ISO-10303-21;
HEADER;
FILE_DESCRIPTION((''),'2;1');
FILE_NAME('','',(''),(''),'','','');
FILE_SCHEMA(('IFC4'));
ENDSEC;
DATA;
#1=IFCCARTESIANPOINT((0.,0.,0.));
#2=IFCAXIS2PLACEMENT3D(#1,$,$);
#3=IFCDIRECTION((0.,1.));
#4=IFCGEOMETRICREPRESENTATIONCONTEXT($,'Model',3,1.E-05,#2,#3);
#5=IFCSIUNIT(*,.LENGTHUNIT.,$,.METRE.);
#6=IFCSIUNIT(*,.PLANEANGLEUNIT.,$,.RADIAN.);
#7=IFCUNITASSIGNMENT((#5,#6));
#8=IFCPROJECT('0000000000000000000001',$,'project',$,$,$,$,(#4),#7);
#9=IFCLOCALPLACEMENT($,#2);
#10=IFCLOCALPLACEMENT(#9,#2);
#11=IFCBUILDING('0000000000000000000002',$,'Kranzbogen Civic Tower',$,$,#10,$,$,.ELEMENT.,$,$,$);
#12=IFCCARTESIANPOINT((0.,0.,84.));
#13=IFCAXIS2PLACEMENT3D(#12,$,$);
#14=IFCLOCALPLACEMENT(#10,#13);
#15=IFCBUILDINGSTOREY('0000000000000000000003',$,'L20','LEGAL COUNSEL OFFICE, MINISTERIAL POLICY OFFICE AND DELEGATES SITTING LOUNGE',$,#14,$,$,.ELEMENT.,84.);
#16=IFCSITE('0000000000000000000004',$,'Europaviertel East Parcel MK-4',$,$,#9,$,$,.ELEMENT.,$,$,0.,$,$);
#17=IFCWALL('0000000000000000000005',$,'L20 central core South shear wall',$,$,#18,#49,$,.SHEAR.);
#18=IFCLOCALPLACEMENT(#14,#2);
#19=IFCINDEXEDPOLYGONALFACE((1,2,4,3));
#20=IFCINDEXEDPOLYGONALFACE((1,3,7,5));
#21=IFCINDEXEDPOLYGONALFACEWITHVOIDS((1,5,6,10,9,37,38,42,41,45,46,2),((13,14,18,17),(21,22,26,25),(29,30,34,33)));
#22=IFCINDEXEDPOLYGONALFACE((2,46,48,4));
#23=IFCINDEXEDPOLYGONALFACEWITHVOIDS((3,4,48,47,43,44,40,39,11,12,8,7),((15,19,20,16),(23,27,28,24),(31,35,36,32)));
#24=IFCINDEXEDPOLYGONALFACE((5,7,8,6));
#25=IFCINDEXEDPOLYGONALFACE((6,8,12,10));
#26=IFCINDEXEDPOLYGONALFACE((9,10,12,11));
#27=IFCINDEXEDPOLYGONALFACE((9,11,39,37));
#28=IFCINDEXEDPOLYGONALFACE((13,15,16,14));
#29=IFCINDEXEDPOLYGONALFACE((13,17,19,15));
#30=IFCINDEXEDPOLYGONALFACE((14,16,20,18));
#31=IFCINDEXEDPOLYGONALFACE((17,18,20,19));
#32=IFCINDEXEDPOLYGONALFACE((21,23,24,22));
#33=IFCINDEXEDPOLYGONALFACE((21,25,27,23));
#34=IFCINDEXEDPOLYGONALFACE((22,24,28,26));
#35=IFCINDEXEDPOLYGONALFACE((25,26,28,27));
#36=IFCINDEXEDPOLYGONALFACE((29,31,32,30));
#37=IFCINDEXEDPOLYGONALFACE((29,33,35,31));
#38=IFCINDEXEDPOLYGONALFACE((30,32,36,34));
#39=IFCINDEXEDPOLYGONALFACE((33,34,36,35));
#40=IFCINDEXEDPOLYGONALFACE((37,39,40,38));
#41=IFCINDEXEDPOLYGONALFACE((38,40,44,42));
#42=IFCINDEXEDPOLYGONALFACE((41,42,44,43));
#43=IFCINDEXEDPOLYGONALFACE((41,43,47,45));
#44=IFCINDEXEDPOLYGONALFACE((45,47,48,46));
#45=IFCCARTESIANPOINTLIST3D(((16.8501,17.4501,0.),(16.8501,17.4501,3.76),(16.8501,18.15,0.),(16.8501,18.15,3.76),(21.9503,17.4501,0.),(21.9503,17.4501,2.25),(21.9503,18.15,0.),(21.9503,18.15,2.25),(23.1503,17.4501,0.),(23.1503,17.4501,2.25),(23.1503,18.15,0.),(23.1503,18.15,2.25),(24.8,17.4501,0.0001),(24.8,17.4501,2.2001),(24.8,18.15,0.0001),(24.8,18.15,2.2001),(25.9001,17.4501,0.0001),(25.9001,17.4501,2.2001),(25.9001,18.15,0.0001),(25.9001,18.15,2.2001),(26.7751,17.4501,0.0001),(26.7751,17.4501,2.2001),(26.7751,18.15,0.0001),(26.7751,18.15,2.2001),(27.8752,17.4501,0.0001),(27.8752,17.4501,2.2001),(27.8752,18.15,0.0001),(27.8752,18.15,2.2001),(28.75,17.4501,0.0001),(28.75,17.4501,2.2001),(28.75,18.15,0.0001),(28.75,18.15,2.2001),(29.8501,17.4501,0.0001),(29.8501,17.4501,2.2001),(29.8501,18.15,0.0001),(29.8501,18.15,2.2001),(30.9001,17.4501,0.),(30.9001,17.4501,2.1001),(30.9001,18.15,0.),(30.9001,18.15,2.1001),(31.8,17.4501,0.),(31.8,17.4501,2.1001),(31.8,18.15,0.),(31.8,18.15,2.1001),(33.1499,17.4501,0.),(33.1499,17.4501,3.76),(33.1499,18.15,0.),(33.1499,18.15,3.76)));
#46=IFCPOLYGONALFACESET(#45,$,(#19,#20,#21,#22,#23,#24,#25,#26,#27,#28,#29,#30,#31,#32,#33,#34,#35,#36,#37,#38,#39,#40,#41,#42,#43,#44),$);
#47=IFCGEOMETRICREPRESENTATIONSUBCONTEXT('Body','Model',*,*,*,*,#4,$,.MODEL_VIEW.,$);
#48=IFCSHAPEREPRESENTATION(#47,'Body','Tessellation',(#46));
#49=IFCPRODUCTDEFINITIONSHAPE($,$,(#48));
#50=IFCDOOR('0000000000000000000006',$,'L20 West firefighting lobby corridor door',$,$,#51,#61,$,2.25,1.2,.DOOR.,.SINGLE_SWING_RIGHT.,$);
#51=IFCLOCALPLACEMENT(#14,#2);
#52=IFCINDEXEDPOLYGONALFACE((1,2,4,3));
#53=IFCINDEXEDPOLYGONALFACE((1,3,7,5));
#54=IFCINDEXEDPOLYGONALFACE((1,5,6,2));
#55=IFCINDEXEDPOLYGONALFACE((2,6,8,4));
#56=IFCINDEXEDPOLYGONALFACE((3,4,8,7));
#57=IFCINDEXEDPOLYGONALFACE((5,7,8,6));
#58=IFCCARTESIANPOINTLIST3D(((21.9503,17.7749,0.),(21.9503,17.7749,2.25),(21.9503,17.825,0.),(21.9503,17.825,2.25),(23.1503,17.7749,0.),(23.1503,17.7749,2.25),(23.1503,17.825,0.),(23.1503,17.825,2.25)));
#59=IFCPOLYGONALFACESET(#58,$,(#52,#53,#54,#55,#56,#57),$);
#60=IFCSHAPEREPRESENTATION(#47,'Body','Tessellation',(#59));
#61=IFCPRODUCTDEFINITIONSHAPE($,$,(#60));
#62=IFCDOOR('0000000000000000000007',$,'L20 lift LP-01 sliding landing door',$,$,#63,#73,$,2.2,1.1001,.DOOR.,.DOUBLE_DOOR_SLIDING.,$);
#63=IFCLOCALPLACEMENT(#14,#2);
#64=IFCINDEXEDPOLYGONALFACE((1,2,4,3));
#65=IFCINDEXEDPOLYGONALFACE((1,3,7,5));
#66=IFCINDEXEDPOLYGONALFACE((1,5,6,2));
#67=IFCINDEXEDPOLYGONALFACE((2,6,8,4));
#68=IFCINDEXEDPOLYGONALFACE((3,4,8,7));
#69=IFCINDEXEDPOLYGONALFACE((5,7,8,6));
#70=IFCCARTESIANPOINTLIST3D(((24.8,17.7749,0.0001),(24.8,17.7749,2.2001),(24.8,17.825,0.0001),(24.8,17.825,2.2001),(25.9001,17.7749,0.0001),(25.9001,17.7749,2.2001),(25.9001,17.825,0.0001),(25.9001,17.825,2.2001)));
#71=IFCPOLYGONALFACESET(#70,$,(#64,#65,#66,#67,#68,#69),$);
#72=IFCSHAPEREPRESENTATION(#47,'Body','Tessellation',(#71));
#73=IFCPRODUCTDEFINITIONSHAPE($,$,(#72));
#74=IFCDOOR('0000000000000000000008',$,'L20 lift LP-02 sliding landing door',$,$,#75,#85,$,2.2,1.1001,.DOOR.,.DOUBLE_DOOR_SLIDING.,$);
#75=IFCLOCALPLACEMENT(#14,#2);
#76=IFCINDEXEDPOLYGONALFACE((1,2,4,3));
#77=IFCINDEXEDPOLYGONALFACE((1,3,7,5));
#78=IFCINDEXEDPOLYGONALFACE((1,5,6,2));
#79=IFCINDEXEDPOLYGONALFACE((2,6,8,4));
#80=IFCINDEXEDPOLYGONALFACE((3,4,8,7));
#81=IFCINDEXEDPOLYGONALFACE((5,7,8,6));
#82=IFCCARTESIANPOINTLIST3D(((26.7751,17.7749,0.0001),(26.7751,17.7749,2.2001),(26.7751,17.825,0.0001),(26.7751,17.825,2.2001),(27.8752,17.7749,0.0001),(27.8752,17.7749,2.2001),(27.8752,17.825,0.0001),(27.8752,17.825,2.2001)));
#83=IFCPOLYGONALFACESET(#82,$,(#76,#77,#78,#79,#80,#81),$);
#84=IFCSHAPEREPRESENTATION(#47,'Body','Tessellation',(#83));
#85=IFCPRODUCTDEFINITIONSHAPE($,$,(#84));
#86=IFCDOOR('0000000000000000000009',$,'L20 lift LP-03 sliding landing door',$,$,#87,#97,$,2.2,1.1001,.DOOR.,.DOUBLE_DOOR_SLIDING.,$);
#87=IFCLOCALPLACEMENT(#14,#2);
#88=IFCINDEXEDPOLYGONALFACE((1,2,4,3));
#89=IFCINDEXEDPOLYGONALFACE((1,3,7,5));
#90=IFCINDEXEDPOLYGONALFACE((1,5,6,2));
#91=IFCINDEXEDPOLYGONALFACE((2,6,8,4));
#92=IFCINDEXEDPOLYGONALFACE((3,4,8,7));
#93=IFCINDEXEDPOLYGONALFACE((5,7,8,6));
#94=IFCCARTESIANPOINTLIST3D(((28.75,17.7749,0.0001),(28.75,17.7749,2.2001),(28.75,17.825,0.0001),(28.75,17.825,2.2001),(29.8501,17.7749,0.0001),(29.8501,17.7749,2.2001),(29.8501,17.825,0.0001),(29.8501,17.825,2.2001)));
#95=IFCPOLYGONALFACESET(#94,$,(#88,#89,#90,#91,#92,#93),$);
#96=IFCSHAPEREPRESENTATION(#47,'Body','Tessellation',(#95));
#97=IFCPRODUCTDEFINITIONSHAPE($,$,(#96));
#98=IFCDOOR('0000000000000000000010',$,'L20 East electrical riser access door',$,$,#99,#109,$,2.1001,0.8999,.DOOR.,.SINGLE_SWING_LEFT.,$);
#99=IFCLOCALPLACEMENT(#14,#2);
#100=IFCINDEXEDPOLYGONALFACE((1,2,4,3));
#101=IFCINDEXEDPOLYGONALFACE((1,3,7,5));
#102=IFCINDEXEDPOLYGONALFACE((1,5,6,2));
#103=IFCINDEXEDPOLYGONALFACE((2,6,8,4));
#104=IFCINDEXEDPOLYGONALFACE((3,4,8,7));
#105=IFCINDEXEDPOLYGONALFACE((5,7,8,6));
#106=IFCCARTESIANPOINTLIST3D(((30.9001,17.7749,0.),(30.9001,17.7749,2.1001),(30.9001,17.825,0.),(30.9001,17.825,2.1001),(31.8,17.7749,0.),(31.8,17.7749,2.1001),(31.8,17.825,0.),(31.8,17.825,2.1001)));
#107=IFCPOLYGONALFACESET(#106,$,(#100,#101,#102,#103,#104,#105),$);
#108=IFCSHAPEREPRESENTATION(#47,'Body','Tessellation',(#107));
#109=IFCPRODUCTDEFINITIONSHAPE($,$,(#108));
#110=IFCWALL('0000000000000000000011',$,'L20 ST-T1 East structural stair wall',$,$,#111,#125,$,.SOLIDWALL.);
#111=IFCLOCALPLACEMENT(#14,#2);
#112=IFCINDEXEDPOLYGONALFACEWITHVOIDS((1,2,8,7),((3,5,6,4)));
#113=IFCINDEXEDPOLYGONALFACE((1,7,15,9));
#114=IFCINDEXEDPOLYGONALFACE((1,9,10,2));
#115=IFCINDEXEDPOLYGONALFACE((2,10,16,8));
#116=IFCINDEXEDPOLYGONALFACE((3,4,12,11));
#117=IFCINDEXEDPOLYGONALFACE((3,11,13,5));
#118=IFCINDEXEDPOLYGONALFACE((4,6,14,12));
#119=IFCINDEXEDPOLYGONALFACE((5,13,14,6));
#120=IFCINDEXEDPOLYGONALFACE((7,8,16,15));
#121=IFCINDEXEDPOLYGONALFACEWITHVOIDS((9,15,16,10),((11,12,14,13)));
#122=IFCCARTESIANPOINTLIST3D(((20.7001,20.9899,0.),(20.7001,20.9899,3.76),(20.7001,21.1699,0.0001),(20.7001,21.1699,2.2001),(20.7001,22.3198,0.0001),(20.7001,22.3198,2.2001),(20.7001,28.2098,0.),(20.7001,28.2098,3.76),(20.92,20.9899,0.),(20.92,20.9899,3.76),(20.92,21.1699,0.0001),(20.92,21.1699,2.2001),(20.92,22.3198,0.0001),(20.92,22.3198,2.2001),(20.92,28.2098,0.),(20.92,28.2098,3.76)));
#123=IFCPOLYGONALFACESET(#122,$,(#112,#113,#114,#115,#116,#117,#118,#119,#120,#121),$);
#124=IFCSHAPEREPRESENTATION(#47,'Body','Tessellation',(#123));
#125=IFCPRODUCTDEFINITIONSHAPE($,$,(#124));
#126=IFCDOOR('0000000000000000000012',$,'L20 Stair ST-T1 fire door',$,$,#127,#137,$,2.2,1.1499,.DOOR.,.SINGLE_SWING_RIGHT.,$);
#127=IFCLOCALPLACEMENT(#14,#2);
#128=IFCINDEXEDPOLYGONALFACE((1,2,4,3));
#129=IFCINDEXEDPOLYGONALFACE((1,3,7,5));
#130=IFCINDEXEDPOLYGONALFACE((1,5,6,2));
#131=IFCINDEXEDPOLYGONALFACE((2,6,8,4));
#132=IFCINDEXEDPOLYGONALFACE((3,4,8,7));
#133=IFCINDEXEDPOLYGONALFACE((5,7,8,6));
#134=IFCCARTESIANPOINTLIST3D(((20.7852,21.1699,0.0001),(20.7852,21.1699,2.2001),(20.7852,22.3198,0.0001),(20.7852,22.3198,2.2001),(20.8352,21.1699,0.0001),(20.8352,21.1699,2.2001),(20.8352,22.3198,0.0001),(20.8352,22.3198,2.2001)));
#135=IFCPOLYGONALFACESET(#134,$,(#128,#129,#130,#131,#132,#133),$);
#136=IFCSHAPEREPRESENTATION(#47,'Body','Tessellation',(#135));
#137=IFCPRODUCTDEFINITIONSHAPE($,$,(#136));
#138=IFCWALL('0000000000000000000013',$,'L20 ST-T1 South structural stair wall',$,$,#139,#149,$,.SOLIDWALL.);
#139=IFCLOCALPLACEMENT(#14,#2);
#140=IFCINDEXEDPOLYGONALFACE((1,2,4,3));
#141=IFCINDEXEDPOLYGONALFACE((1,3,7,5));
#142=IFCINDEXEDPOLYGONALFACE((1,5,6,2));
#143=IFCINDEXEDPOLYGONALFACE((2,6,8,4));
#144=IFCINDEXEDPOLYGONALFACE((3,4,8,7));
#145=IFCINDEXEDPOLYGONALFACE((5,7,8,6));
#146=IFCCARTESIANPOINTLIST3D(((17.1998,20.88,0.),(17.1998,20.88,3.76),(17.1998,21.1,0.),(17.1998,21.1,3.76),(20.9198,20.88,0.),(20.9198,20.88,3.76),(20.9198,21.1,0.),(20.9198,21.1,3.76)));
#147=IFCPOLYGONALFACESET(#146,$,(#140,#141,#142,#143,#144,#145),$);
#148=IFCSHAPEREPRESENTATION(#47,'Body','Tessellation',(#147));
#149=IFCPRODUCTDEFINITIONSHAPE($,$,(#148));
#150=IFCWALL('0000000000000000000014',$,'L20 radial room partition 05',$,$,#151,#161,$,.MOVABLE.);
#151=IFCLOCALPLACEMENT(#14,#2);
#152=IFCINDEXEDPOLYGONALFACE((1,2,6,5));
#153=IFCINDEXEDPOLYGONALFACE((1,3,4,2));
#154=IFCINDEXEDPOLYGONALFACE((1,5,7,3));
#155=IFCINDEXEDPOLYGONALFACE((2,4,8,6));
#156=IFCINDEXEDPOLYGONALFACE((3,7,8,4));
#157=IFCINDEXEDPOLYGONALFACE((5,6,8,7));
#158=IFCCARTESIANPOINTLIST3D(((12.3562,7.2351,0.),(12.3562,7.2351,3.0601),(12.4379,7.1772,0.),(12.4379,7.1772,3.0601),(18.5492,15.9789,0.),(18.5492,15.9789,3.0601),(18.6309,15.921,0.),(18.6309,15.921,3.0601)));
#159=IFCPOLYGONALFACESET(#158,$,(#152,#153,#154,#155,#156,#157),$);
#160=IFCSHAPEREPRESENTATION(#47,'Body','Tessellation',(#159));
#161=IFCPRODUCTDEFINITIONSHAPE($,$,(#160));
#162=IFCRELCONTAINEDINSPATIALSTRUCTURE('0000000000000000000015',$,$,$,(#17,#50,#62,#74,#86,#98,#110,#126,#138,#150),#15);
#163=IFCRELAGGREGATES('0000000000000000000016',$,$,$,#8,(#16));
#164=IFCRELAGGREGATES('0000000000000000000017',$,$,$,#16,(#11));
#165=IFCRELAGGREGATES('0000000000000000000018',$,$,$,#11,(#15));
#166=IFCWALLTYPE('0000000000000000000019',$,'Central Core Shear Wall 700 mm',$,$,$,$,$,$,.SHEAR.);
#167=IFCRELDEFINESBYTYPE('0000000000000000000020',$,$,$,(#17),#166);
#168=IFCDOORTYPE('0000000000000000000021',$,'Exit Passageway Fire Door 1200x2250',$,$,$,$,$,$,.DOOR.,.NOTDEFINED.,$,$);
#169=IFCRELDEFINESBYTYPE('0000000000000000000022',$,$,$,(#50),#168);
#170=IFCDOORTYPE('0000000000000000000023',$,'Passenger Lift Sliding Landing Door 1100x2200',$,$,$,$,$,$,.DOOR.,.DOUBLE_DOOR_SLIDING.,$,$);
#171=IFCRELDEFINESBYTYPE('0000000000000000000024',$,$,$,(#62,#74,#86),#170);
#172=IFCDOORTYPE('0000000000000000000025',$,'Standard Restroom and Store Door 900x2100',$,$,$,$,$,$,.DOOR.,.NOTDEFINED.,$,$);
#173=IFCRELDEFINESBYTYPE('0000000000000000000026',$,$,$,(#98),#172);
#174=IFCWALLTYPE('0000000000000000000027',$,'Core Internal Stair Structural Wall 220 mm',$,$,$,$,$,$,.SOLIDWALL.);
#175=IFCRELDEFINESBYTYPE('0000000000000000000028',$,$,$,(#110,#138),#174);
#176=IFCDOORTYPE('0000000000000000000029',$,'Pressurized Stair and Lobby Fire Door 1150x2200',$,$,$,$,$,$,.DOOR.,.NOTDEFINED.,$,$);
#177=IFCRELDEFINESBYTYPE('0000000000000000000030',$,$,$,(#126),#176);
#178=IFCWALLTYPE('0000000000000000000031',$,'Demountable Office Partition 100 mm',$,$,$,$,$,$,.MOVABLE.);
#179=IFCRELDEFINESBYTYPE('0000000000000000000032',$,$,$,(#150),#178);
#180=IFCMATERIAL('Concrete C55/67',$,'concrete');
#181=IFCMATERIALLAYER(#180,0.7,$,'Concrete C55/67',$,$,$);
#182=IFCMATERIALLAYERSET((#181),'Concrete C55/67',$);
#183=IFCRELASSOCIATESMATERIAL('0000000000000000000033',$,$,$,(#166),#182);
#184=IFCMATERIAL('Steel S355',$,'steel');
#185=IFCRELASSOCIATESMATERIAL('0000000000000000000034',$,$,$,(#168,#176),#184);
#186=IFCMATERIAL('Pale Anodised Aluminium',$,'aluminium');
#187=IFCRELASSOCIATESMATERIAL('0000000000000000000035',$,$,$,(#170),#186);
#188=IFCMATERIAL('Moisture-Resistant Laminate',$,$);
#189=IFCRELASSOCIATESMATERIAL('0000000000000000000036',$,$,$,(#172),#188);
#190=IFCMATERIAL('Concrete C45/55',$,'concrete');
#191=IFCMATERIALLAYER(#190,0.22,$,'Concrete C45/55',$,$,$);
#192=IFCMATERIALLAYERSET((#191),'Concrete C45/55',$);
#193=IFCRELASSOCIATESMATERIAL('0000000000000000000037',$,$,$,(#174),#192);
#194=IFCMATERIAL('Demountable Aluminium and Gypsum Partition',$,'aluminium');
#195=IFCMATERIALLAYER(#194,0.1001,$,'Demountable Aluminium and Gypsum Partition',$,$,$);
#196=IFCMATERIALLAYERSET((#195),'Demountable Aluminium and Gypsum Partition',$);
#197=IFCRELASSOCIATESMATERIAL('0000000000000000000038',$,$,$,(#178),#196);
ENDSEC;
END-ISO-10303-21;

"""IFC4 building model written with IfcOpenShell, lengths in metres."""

from ifc_helpers import new_model, si_unit, direction, frame, frame_2d, origin, place, context, subcontext, project, spatial, rectangle, extrude, material, layer, layer_set, type_object, element, fill, save


model = new_model("IFC4")

# Units and contexts
model_context = context("Model", 3, precision=1e-05, world=origin(), true_north=direction((0.0, 1.0)))
body_context = subcontext(model_context, "Body", "Model", "MODEL_VIEW")
ifc_project = project(units=[si_unit("LENGTHUNIT", "METRE"), si_unit("PLANEANGLEUNIT", "RADIAN")], contexts=[model_context])

# Site, building, storey
site_placement = place(None, origin())
site = spatial("IfcSite", under=ifc_project, at=site_placement, Name="Europaviertel East Parcel MK-4", CompositionType="ELEMENT", RefElevation=0.0)
building_placement = place(site_placement, origin())
building = spatial("IfcBuilding", under=site, at=building_placement, Name="Kranzbogen Civic Tower", CompositionType="ELEMENT")
storey_placement = place(building_placement, frame((0.0, 0.0, 84.0)))
storey = spatial("IfcBuildingStorey", under=building, at=storey_placement, Name="L20", Description="LEGAL COUNSEL OFFICE, MINISTERIAL POLICY OFFICE AND DELEGATES SITTING LOUNGE", CompositionType="ELEMENT", Elevation=84.0)

# Shared definitions
ifc_material_1 = material(Name="Steel S355", Category="steel")

# Wall, openings, doors
ifc_material_2 = material(Name="Concrete C55/67", Category="concrete")
ifc_layer_1 = layer(ifc_material_2, 0.7, Name="Concrete C55/67")
ifc_layer_set_1 = layer_set([ifc_layer_1], Name="Concrete C55/67")
wall_type_1 = type_object("IfcWallType", Name="Central Core Shear Wall 700 mm", PredefinedType="SHEAR", material=ifc_layer_set_1)
wall_1_placement = place(storey_placement, frame((16.8501, 17.8, 0.0), z_axis=(0.0, 0.0, 1.0), x_axis=(1.0, 0.0, 0.0)))
wall_1 = element("IfcWall", 1, at=wall_1_placement, inside=storey, type_object=wall_type_1, Name="L20 central core South shear wall", PredefinedType="SHEAR", context=body_context, shape_type="SweptSolid", body=[
    extrude(rectangle(XDim=16.2998, YDim=0.7, at=frame_2d((8.1499, 0.0))), origin(), (0.0, 0.0, 1.0), 3.76),
])
opening_1_placement = place(wall_1_placement, frame((5.1001, 0.0, 0.0)))
opening_1 = element("IfcOpeningElement", 2, at=opening_1_placement, cuts=wall_1, PredefinedType="OPENING", context=body_context, shape_type="SweptSolid", body=[
    extrude(rectangle(XDim=1.2, YDim=2.25, at=frame_2d((0.6001, 1.125))), frame((0.0, 0.3599, 0.0), z_axis=(0.0, -1.0, 0.0), x_axis=(1.0, 0.0, 0.0)), (0.0, 0.0, 1.0), 0.72),
])
opening_2_placement = place(wall_1_placement, frame((14.05, 0.0, 0.0)))
opening_2 = element("IfcOpeningElement", 3, at=opening_2_placement, cuts=wall_1, PredefinedType="OPENING", context=body_context, shape_type="SweptSolid", body=[
    extrude(rectangle(XDim=0.8999, YDim=2.1001, at=frame_2d((0.45, 1.05))), frame((0.0, 0.3599, 0.0), z_axis=(0.0, -1.0, 0.0), x_axis=(1.0, 0.0, 0.0)), (0.0, 0.0, 1.0), 0.72),
])
opening_3_placement = place(wall_1_placement, frame((7.95, 0.0, 0.0)))
opening_3 = element("IfcOpeningElement", 4, at=opening_3_placement, cuts=wall_1, PredefinedType="OPENING", context=body_context, shape_type="SweptSolid", body=[
    extrude(rectangle(XDim=1.1001, YDim=2.2, at=frame_2d((0.55, 1.1001))), frame((0.0, 0.3599, 0.0), z_axis=(0.0, -1.0, 0.0), x_axis=(1.0, 0.0, 0.0)), (0.0, 0.0, 1.0), 0.72),
])
opening_4_placement = place(wall_1_placement, frame((9.925, 0.0, 0.0)))
opening_4 = element("IfcOpeningElement", 5, at=opening_4_placement, cuts=wall_1, PredefinedType="OPENING", context=body_context, shape_type="SweptSolid", body=[
    extrude(rectangle(XDim=1.1001, YDim=2.2, at=frame_2d((0.55, 1.1001))), frame((0.0, 0.3599, 0.0), z_axis=(0.0, -1.0, 0.0), x_axis=(1.0, 0.0, 0.0)), (0.0, 0.0, 1.0), 0.72),
])
opening_5_placement = place(wall_1_placement, frame((11.8999, 0.0, 0.0)))
opening_5 = element("IfcOpeningElement", 6, at=opening_5_placement, cuts=wall_1, PredefinedType="OPENING", context=body_context, shape_type="SweptSolid", body=[
    extrude(rectangle(XDim=1.1001, YDim=2.2, at=frame_2d((0.55, 1.1001))), frame((0.0, 0.3599, 0.0), z_axis=(0.0, -1.0, 0.0), x_axis=(1.0, 0.0, 0.0)), (0.0, 0.0, 1.0), 0.72),
])
door_type_1 = type_object("IfcDoorType", Name="Exit Passageway Fire Door 1200x2250", OperationType="NOTDEFINED", PredefinedType="DOOR", material=ifc_material_1)
door_1_placement = place(opening_1_placement, origin())
door_1 = element("IfcDoor", 7, at=door_1_placement, inside=storey, type_object=door_type_1, Name="L20 West firefighting lobby corridor door", OperationType="SINGLE_SWING_RIGHT", OverallHeight=2.25, OverallWidth=1.2, PredefinedType="DOOR", context=body_context, shape_type="SweptSolid", body=[
    extrude(rectangle(XDim=1.2, YDim=2.25, at=frame_2d((0.6001, 1.125))), frame((0.0, 0.0249, 0.0), z_axis=(0.0, -1.0, 0.0), x_axis=(1.0, 0.0, 0.0)), (0.0, 0.0, 1.0), 0.05),
])
fill(opening_1, door_1)
ifc_material_3 = material(Name="Pale Anodised Aluminium", Category="aluminium")
door_type_2 = type_object("IfcDoorType", Name="Passenger Lift Sliding Landing Door 1100x2200", OperationType="DOUBLE_DOOR_SLIDING", PredefinedType="DOOR", material=ifc_material_3)
door_2_placement = place(opening_3_placement, origin())
door_2 = element("IfcDoor", 8, at=door_2_placement, inside=storey, type_object=door_type_2, Name="L20 lift LP-01 sliding landing door", OperationType="DOUBLE_DOOR_SLIDING", OverallHeight=2.2, OverallWidth=1.1001, PredefinedType="DOOR", context=body_context, shape_type="SweptSolid", body=[
    extrude(rectangle(XDim=1.1001, YDim=2.2, at=frame_2d((0.55, 1.1001))), frame((0.0, 0.0249, 0.0), z_axis=(0.0, -1.0, 0.0), x_axis=(1.0, 0.0, 0.0)), (0.0, 0.0, 1.0), 0.05),
])
fill(opening_3, door_2)
door_3_placement = place(opening_4_placement, origin())
door_3 = element("IfcDoor", 9, at=door_3_placement, inside=storey, type_object=door_type_2, Name="L20 lift LP-02 sliding landing door", OperationType="DOUBLE_DOOR_SLIDING", OverallHeight=2.2, OverallWidth=1.1001, PredefinedType="DOOR", context=body_context, shape_type="SweptSolid", body=[
    extrude(rectangle(XDim=1.1001, YDim=2.2, at=frame_2d((0.55, 1.1001))), frame((0.0, 0.0249, 0.0), z_axis=(0.0, -1.0, 0.0), x_axis=(1.0, 0.0, 0.0)), (0.0, 0.0, 1.0), 0.05),
])
fill(opening_4, door_3)
door_4_placement = place(opening_5_placement, origin())
door_4 = element("IfcDoor", 10, at=door_4_placement, inside=storey, type_object=door_type_2, Name="L20 lift LP-03 sliding landing door", OperationType="DOUBLE_DOOR_SLIDING", OverallHeight=2.2, OverallWidth=1.1001, PredefinedType="DOOR", context=body_context, shape_type="SweptSolid", body=[
    extrude(rectangle(XDim=1.1001, YDim=2.2, at=frame_2d((0.55, 1.1001))), frame((0.0, 0.0249, 0.0), z_axis=(0.0, -1.0, 0.0), x_axis=(1.0, 0.0, 0.0)), (0.0, 0.0, 1.0), 0.05),
])
fill(opening_5, door_4)
ifc_material_4 = material(Name="Moisture-Resistant Laminate")
door_type_3 = type_object("IfcDoorType", Name="Standard Restroom and Store Door 900x2100", OperationType="NOTDEFINED", PredefinedType="DOOR", material=ifc_material_4)
door_5_placement = place(opening_2_placement, origin())
door_5 = element("IfcDoor", 11, at=door_5_placement, inside=storey, type_object=door_type_3, Name="L20 East electrical riser access door", OperationType="SINGLE_SWING_LEFT", OverallHeight=2.1001, OverallWidth=0.8999, PredefinedType="DOOR", context=body_context, shape_type="SweptSolid", body=[
    extrude(rectangle(XDim=0.8999, YDim=2.1001, at=frame_2d((0.45, 1.05))), frame((0.0, 0.0249, 0.0), z_axis=(0.0, -1.0, 0.0), x_axis=(1.0, 0.0, 0.0)), (0.0, 0.0, 1.0), 0.05),
])
fill(opening_2, door_5)

# Wall, opening, door
ifc_material_5 = material(Name="Concrete C45/55", Category="concrete")
ifc_layer_2 = layer(ifc_material_5, 0.22, Name="Concrete C45/55")
ifc_layer_set_2 = layer_set([ifc_layer_2], Name="Concrete C45/55")
wall_type_2 = type_object("IfcWallType", Name="Core Internal Stair Structural Wall 220 mm", PredefinedType="SOLIDWALL", material=ifc_layer_set_2)
wall_2_placement = place(storey_placement, frame((20.8101, 20.99, 0.0), z_axis=(0.0, 0.0, 1.0), x_axis=(0.0, 1.0, 0.0)))
wall_2 = element("IfcWall", 12, at=wall_2_placement, inside=storey, type_object=wall_type_2, Name="L20 ST-T1 East structural stair wall", PredefinedType="SOLIDWALL", context=body_context, shape_type="SweptSolid", body=[
    extrude(rectangle(XDim=7.22, YDim=0.22, at=frame_2d((3.6099, 0.0))), origin(), (0.0, 0.0, 1.0), 3.76),
])
opening_6_placement = place(wall_2_placement, frame((0.1799, 0.0, 0.0)))
opening_6 = element("IfcOpeningElement", 13, at=opening_6_placement, cuts=wall_2, PredefinedType="OPENING", context=body_context, shape_type="SweptSolid", body=[
    extrude(rectangle(XDim=1.1499, YDim=2.2, at=frame_2d((0.575, 1.1001))), frame((0.0, 0.1201, 0.0), z_axis=(0.0, -1.0, 0.0), x_axis=(1.0, 0.0, 0.0)), (0.0, 0.0, 1.0), 0.24),
])
door_type_4 = type_object("IfcDoorType", Name="Pressurized Stair and Lobby Fire Door 1150x2200", OperationType="NOTDEFINED", PredefinedType="DOOR", material=ifc_material_1)
door_6_placement = place(opening_6_placement, origin())
door_6 = element("IfcDoor", 14, at=door_6_placement, inside=storey, type_object=door_type_4, Name="L20 Stair ST-T1 fire door", OperationType="SINGLE_SWING_RIGHT", OverallHeight=2.2, OverallWidth=1.1499, PredefinedType="DOOR", context=body_context, shape_type="SweptSolid", body=[
    extrude(rectangle(XDim=1.1499, YDim=2.2, at=frame_2d((0.575, 1.1001))), frame((0.0, 0.0249, 0.0), z_axis=(0.0, -1.0, 0.0), x_axis=(1.0, 0.0, 0.0)), (0.0, 0.0, 1.0), 0.05),
])
fill(opening_6, door_6)

# Walls
wall_3_placement = place(storey_placement, frame((17.2, 20.99, 0.0), z_axis=(0.0, 0.0, 1.0), x_axis=(1.0, 0.0, 0.0)))
element("IfcWall", 15, at=wall_3_placement, inside=storey, type_object=wall_type_2, Name="L20 ST-T1 South structural stair wall", PredefinedType="SOLIDWALL", context=body_context, shape_type="SweptSolid", body=[
    extrude(rectangle(XDim=3.72, YDim=0.22, at=frame_2d((1.8599, 0.0))), origin(), (0.0, 0.0, 1.0), 3.76),
])
ifc_material_6 = material(Name="Demountable Aluminium and Gypsum Partition", Category="aluminium")
ifc_layer_3 = layer(ifc_material_6, 0.1001, Name="Demountable Aluminium and Gypsum Partition")
ifc_layer_set_3 = layer_set([ifc_layer_3], Name="Demountable Aluminium and Gypsum Partition")
wall_type_3 = type_object("IfcWallType", Name="Demountable Office Partition 100 mm", PredefinedType="MOVABLE", material=ifc_layer_set_3)
wall_4_placement = place(storey_placement, frame((18.5901, 15.95, 0.0), z_axis=(0.0, 0.0, 1.0), x_axis=(-0.577988, -0.816046, 0.0)))
element("IfcWall", 16, at=wall_4_placement, inside=storey, type_object=wall_type_3, Name="L20 radial room partition 05", PredefinedType="MOVABLE", context=body_context, shape_type="SweptSolid", body=[
    extrude(rectangle(XDim=10.7148, YDim=0.1001, at=frame_2d((5.3574, 0.0))), origin(), (0.0, 0.0, 1.0), 3.0601),
])

save(model, "model.ifc")
